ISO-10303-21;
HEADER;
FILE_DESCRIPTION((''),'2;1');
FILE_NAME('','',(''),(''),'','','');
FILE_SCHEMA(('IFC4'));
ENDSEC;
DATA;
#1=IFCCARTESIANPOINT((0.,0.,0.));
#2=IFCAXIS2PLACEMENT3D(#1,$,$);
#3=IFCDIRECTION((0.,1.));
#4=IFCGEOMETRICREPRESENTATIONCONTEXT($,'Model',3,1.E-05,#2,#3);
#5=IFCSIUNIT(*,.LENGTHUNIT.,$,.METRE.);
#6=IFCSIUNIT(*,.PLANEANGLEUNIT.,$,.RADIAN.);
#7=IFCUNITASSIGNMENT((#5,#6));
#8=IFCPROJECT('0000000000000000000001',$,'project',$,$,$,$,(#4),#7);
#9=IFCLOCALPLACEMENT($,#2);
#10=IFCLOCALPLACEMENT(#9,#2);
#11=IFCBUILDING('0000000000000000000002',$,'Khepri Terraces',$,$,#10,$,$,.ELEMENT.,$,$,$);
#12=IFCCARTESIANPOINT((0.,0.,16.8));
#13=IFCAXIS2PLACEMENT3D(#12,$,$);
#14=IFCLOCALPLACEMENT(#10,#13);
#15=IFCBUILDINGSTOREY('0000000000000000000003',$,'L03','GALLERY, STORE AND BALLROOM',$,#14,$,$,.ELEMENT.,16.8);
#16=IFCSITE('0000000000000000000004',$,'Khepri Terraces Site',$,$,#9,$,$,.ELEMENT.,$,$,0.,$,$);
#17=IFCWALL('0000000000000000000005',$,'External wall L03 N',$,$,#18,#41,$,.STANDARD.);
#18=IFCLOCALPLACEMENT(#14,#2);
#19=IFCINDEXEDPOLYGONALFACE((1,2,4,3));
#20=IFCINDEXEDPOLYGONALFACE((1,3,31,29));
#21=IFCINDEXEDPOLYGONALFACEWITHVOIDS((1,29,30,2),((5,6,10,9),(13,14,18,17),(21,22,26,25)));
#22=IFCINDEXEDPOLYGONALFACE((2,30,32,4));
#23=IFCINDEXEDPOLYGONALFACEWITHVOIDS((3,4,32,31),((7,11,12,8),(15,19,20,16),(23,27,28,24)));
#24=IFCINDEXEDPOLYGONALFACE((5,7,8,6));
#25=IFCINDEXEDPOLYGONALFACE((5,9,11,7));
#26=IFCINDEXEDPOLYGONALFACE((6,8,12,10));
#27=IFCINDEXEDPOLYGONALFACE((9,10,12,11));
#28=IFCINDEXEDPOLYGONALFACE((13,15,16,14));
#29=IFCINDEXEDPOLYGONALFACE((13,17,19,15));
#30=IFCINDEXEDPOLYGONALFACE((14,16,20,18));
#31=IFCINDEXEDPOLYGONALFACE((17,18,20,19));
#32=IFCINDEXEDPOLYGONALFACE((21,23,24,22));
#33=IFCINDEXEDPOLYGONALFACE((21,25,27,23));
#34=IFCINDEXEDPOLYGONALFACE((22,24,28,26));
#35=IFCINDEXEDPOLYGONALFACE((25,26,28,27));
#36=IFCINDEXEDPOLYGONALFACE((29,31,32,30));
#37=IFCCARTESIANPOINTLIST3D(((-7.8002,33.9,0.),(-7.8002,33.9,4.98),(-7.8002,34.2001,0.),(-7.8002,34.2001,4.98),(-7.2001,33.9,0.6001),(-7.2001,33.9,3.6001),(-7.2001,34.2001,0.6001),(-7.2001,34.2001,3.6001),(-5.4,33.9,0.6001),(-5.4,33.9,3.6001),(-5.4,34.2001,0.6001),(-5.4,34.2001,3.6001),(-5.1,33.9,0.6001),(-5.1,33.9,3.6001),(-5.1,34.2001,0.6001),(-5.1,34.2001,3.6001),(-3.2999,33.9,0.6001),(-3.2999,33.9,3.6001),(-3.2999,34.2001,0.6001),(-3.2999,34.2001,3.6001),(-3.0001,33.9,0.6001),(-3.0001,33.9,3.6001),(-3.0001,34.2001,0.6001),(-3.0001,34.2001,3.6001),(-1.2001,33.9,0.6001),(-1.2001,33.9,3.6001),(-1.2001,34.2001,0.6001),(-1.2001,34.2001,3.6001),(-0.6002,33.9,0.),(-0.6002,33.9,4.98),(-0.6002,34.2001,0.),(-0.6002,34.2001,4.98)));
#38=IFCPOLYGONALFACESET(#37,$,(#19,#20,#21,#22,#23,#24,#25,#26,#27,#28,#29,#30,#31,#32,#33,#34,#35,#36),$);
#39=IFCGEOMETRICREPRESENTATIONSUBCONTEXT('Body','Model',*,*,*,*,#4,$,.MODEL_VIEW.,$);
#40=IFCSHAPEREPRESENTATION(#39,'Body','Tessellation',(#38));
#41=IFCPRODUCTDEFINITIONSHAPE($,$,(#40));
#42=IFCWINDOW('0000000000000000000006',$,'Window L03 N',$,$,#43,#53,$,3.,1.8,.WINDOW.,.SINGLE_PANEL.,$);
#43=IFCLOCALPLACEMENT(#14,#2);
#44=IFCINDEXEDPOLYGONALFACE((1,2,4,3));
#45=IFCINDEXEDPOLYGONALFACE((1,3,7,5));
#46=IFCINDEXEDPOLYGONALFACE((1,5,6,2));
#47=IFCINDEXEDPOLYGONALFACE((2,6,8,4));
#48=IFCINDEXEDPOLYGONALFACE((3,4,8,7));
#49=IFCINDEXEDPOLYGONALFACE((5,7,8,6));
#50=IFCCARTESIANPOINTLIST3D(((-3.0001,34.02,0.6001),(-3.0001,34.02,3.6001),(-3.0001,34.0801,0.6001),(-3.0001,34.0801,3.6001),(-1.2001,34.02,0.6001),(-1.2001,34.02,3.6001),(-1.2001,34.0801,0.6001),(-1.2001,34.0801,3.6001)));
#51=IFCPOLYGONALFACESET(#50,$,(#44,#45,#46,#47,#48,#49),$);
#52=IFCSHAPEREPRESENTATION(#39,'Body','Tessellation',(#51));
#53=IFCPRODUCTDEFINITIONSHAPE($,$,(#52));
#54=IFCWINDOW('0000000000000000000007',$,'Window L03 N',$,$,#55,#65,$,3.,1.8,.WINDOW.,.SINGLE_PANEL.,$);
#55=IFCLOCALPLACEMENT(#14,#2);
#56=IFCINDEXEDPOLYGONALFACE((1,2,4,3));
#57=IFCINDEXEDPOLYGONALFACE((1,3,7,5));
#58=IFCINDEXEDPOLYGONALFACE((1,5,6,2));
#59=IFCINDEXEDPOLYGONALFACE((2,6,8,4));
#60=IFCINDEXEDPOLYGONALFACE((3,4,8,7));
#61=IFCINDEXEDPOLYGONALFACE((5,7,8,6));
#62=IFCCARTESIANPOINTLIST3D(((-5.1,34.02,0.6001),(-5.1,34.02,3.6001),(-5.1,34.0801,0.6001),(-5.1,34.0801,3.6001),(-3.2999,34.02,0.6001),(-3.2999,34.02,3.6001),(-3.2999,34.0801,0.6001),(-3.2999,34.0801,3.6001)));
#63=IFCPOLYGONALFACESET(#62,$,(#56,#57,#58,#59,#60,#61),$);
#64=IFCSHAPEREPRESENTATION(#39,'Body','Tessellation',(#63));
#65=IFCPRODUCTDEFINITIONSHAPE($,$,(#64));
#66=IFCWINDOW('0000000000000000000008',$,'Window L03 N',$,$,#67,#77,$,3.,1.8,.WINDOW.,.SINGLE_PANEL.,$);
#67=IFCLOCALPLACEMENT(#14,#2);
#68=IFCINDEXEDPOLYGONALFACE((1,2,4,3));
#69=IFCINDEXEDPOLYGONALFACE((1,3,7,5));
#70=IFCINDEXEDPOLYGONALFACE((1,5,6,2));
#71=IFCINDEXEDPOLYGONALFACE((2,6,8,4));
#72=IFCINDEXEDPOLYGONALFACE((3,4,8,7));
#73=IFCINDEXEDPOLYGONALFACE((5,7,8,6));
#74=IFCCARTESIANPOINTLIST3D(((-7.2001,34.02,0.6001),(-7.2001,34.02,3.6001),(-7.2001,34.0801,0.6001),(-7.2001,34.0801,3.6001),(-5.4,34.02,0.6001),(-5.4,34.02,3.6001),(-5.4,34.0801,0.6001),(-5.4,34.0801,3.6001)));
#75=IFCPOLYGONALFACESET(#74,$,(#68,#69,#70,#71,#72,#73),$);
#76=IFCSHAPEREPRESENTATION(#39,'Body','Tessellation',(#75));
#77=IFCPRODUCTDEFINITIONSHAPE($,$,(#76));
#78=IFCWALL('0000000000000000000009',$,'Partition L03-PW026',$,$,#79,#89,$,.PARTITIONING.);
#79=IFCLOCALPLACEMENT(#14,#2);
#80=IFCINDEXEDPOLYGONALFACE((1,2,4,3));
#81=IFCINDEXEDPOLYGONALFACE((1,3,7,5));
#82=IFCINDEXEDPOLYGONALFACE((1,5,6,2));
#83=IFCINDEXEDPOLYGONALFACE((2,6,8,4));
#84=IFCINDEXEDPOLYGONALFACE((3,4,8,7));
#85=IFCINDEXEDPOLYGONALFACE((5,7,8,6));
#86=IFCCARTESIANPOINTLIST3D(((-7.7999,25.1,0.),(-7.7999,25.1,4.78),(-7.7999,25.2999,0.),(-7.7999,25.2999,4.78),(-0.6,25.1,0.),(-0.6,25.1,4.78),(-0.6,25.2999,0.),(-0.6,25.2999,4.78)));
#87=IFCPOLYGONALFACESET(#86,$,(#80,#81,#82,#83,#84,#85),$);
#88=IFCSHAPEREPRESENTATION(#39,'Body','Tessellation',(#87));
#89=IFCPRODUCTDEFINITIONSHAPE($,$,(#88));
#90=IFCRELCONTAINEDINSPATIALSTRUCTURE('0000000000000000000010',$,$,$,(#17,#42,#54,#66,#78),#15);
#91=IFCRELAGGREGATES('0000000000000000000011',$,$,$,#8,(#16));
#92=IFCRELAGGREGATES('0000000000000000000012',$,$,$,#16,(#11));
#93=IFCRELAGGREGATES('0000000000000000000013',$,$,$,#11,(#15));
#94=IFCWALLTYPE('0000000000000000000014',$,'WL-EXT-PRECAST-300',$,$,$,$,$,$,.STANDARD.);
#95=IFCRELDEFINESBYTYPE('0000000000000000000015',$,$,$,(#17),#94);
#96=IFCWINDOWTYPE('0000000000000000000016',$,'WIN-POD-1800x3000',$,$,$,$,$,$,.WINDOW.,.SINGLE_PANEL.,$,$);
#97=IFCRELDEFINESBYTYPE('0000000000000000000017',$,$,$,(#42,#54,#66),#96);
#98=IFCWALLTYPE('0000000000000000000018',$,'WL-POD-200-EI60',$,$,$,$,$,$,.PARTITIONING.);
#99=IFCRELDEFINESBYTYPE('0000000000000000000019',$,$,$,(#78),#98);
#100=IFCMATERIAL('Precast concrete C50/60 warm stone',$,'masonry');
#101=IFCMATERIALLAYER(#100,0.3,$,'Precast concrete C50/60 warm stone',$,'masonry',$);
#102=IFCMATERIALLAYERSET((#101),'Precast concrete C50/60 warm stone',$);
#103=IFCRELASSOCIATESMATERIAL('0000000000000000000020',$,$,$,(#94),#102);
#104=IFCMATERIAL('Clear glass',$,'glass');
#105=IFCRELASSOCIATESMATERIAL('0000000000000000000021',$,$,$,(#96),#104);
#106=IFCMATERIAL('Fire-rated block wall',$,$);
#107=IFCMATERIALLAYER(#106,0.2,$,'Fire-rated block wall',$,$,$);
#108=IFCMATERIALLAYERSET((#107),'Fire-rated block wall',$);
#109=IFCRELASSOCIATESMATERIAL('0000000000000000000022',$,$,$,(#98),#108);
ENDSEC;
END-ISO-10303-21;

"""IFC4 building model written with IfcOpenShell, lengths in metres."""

from ifc_helpers import new_model, si_unit, direction, frame, frame_2d, origin, place, context, subcontext, project, spatial, rectangle, extrude, material, layer, layer_set, type_object, element, fill, save


model = new_model("IFC4")

# Units and contexts
model_context = context("Model", 3, precision=1e-05, world=origin(), true_north=direction((0.0, 1.0)))
body_context = subcontext(model_context, "Body", "Model", "MODEL_VIEW")
ifc_project = project(units=[si_unit("LENGTHUNIT", "METRE"), si_unit("PLANEANGLEUNIT", "RADIAN")], contexts=[model_context])

# Site, building, storey
site_placement = place(None, origin())
site = spatial("IfcSite", under=ifc_project, at=site_placement, Name="Khepri Terraces Site", CompositionType="ELEMENT", RefElevation=0.0)
building_placement = place(site_placement, origin())
building = spatial("IfcBuilding", under=site, at=building_placement, Name="Khepri Terraces", CompositionType="ELEMENT")
storey_placement = place(building_placement, frame((0.0, 0.0, 16.8)))
storey = spatial("IfcBuildingStorey", under=building, at=storey_placement, Name="L03", Description="GALLERY, STORE AND BALLROOM", CompositionType="ELEMENT", Elevation=16.8)

# Shared definitions
ifc_material_1 = material(Name="Clear glass", Category="glass")

# Wall, openings, windows
ifc_material_2 = material(Name="Precast concrete C50/60 warm stone", Category="masonry")
ifc_layer_1 = layer(ifc_material_2, 0.3, Name="Precast concrete C50/60 warm stone", Category="masonry")
ifc_layer_set_1 = layer_set([ifc_layer_1], Name="Precast concrete C50/60 warm stone")
wall_type_1 = type_object("IfcWallType", Name="WL-EXT-PRECAST-300", PredefinedType="STANDARD", material=ifc_layer_set_1)
wall_1_placement = place(storey_placement, frame((-0.6001, 34.05, 0.0), z_axis=(0.0, 0.0, 1.0), x_axis=(-1.0, 0.0, 0.0)))
wall_1 = element("IfcWall", 1, at=wall_1_placement, inside=storey, type_object=wall_type_1, Name="External wall L03 N", PredefinedType="STANDARD", context=body_context, shape_type="SweptSolid", body=[
    extrude(rectangle(XDim=7.2, YDim=0.3, at=frame_2d((3.6001, 0.0))), origin(), (0.0, 0.0, 1.0), 4.98),
])
opening_1_placement = place(wall_1_placement, frame((0.6001, 0.0, 0.6001)))
opening_1 = element("IfcOpeningElement", 2, at=opening_1_placement, cuts=wall_1, PredefinedType="OPENING", context=body_context, shape_type="SweptSolid", body=[
    extrude(rectangle(XDim=1.8, YDim=3.0, at=frame_2d((0.8999, 1.5))), frame((0.0, 0.1602, 0.0), z_axis=(0.0, -1.0, 0.0), x_axis=(1.0, 0.0, 0.0)), (0.0, 0.0, 1.0), 0.3201),
])
opening_2_placement = place(wall_1_placement, frame((2.7, 0.0, 0.6001)))
opening_2 = element("IfcOpeningElement", 3, at=opening_2_placement, cuts=wall_1, PredefinedType="OPENING", context=body_context, shape_type="SweptSolid", body=[
    extrude(rectangle(XDim=1.8, YDim=3.0, at=frame_2d((0.8999, 1.5))), frame((0.0, 0.1602, 0.0), z_axis=(0.0, -1.0, 0.0), x_axis=(1.0, 0.0, 0.0)), (0.0, 0.0, 1.0), 0.3201),
])
opening_3_placement = place(wall_1_placement, frame((4.8, 0.0, 0.6001)))
opening_3 = element("IfcOpeningElement", 4, at=opening_3_placement, cuts=wall_1, PredefinedType="OPENING", context=body_context, shape_type="SweptSolid", body=[
    extrude(rectangle(XDim=1.8, YDim=3.0, at=frame_2d((0.8999, 1.5))), frame((0.0, 0.1602, 0.0), z_axis=(0.0, -1.0, 0.0), x_axis=(1.0, 0.0, 0.0)), (0.0, 0.0, 1.0), 0.3201),
])
window_type = type_object("IfcWindowType", Name="WIN-POD-1800x3000", PartitioningType="SINGLE_PANEL", PredefinedType="WINDOW", material=ifc_material_1)
window_1_placement = place(opening_1_placement, origin())
window_1 = element("IfcWindow", 5, at=window_1_placement, inside=storey, type_object=window_type, Name="Window L03 N", OverallHeight=3.0, OverallWidth=1.8, PartitioningType="SINGLE_PANEL", PredefinedType="WINDOW", context=body_context, shape_type="SweptSolid", body=[
    extrude(rectangle(XDim=1.8, YDim=3.0, at=frame_2d((0.8999, 1.5))), frame((0.0, 0.03, 0.0), z_axis=(0.0, -1.0, 0.0), x_axis=(1.0, 0.0, 0.0)), (0.0, 0.0, 1.0), 0.0601),
])
fill(opening_1, window_1)
window_2_placement = place(opening_2_placement, origin())
window_2 = element("IfcWindow", 6, at=window_2_placement, inside=storey, type_object=window_type, Name="Window L03 N", OverallHeight=3.0, OverallWidth=1.8, PartitioningType="SINGLE_PANEL", PredefinedType="WINDOW", context=body_context, shape_type="SweptSolid", body=[
    extrude(rectangle(XDim=1.8, YDim=3.0, at=frame_2d((0.8999, 1.5))), frame((0.0, 0.03, 0.0), z_axis=(0.0, -1.0, 0.0), x_axis=(1.0, 0.0, 0.0)), (0.0, 0.0, 1.0), 0.0601),
])
fill(opening_2, window_2)
window_3_placement = place(opening_3_placement, origin())
window_3 = element("IfcWindow", 7, at=window_3_placement, inside=storey, type_object=window_type, Name="Window L03 N", OverallHeight=3.0, OverallWidth=1.8, PartitioningType="SINGLE_PANEL", PredefinedType="WINDOW", context=body_context, shape_type="SweptSolid", body=[
    extrude(rectangle(XDim=1.8, YDim=3.0, at=frame_2d((0.8999, 1.5))), frame((0.0, 0.03, 0.0), z_axis=(0.0, -1.0, 0.0), x_axis=(1.0, 0.0, 0.0)), (0.0, 0.0, 1.0), 0.0601),
])
fill(opening_3, window_3)

# Wall
ifc_material_3 = material(Name="Fire-rated block wall")
ifc_layer_2 = layer(ifc_material_3, 0.2, Name="Fire-rated block wall")
ifc_layer_set_2 = layer_set([ifc_layer_2], Name="Fire-rated block wall")
wall_type_2 = type_object("IfcWallType", Name="WL-POD-200-EI60", PredefinedType="PARTITIONING", material=ifc_layer_set_2)
wall_2_placement = place(storey_placement, frame((-7.8, 25.2, 0.0), z_axis=(0.0, 0.0, 1.0), x_axis=(1.0, 0.0, 0.0)))
element("IfcWall", 8, at=wall_2_placement, inside=storey, type_object=wall_type_2, Name="Partition L03-PW026", PredefinedType="PARTITIONING", context=body_context, shape_type="SweptSolid", body=[
    extrude(rectangle(XDim=7.2, YDim=0.2, at=frame_2d((3.6001, 0.0))), origin(), (0.0, 0.0, 1.0), 4.78),
])

save(model, "model.ifc")
